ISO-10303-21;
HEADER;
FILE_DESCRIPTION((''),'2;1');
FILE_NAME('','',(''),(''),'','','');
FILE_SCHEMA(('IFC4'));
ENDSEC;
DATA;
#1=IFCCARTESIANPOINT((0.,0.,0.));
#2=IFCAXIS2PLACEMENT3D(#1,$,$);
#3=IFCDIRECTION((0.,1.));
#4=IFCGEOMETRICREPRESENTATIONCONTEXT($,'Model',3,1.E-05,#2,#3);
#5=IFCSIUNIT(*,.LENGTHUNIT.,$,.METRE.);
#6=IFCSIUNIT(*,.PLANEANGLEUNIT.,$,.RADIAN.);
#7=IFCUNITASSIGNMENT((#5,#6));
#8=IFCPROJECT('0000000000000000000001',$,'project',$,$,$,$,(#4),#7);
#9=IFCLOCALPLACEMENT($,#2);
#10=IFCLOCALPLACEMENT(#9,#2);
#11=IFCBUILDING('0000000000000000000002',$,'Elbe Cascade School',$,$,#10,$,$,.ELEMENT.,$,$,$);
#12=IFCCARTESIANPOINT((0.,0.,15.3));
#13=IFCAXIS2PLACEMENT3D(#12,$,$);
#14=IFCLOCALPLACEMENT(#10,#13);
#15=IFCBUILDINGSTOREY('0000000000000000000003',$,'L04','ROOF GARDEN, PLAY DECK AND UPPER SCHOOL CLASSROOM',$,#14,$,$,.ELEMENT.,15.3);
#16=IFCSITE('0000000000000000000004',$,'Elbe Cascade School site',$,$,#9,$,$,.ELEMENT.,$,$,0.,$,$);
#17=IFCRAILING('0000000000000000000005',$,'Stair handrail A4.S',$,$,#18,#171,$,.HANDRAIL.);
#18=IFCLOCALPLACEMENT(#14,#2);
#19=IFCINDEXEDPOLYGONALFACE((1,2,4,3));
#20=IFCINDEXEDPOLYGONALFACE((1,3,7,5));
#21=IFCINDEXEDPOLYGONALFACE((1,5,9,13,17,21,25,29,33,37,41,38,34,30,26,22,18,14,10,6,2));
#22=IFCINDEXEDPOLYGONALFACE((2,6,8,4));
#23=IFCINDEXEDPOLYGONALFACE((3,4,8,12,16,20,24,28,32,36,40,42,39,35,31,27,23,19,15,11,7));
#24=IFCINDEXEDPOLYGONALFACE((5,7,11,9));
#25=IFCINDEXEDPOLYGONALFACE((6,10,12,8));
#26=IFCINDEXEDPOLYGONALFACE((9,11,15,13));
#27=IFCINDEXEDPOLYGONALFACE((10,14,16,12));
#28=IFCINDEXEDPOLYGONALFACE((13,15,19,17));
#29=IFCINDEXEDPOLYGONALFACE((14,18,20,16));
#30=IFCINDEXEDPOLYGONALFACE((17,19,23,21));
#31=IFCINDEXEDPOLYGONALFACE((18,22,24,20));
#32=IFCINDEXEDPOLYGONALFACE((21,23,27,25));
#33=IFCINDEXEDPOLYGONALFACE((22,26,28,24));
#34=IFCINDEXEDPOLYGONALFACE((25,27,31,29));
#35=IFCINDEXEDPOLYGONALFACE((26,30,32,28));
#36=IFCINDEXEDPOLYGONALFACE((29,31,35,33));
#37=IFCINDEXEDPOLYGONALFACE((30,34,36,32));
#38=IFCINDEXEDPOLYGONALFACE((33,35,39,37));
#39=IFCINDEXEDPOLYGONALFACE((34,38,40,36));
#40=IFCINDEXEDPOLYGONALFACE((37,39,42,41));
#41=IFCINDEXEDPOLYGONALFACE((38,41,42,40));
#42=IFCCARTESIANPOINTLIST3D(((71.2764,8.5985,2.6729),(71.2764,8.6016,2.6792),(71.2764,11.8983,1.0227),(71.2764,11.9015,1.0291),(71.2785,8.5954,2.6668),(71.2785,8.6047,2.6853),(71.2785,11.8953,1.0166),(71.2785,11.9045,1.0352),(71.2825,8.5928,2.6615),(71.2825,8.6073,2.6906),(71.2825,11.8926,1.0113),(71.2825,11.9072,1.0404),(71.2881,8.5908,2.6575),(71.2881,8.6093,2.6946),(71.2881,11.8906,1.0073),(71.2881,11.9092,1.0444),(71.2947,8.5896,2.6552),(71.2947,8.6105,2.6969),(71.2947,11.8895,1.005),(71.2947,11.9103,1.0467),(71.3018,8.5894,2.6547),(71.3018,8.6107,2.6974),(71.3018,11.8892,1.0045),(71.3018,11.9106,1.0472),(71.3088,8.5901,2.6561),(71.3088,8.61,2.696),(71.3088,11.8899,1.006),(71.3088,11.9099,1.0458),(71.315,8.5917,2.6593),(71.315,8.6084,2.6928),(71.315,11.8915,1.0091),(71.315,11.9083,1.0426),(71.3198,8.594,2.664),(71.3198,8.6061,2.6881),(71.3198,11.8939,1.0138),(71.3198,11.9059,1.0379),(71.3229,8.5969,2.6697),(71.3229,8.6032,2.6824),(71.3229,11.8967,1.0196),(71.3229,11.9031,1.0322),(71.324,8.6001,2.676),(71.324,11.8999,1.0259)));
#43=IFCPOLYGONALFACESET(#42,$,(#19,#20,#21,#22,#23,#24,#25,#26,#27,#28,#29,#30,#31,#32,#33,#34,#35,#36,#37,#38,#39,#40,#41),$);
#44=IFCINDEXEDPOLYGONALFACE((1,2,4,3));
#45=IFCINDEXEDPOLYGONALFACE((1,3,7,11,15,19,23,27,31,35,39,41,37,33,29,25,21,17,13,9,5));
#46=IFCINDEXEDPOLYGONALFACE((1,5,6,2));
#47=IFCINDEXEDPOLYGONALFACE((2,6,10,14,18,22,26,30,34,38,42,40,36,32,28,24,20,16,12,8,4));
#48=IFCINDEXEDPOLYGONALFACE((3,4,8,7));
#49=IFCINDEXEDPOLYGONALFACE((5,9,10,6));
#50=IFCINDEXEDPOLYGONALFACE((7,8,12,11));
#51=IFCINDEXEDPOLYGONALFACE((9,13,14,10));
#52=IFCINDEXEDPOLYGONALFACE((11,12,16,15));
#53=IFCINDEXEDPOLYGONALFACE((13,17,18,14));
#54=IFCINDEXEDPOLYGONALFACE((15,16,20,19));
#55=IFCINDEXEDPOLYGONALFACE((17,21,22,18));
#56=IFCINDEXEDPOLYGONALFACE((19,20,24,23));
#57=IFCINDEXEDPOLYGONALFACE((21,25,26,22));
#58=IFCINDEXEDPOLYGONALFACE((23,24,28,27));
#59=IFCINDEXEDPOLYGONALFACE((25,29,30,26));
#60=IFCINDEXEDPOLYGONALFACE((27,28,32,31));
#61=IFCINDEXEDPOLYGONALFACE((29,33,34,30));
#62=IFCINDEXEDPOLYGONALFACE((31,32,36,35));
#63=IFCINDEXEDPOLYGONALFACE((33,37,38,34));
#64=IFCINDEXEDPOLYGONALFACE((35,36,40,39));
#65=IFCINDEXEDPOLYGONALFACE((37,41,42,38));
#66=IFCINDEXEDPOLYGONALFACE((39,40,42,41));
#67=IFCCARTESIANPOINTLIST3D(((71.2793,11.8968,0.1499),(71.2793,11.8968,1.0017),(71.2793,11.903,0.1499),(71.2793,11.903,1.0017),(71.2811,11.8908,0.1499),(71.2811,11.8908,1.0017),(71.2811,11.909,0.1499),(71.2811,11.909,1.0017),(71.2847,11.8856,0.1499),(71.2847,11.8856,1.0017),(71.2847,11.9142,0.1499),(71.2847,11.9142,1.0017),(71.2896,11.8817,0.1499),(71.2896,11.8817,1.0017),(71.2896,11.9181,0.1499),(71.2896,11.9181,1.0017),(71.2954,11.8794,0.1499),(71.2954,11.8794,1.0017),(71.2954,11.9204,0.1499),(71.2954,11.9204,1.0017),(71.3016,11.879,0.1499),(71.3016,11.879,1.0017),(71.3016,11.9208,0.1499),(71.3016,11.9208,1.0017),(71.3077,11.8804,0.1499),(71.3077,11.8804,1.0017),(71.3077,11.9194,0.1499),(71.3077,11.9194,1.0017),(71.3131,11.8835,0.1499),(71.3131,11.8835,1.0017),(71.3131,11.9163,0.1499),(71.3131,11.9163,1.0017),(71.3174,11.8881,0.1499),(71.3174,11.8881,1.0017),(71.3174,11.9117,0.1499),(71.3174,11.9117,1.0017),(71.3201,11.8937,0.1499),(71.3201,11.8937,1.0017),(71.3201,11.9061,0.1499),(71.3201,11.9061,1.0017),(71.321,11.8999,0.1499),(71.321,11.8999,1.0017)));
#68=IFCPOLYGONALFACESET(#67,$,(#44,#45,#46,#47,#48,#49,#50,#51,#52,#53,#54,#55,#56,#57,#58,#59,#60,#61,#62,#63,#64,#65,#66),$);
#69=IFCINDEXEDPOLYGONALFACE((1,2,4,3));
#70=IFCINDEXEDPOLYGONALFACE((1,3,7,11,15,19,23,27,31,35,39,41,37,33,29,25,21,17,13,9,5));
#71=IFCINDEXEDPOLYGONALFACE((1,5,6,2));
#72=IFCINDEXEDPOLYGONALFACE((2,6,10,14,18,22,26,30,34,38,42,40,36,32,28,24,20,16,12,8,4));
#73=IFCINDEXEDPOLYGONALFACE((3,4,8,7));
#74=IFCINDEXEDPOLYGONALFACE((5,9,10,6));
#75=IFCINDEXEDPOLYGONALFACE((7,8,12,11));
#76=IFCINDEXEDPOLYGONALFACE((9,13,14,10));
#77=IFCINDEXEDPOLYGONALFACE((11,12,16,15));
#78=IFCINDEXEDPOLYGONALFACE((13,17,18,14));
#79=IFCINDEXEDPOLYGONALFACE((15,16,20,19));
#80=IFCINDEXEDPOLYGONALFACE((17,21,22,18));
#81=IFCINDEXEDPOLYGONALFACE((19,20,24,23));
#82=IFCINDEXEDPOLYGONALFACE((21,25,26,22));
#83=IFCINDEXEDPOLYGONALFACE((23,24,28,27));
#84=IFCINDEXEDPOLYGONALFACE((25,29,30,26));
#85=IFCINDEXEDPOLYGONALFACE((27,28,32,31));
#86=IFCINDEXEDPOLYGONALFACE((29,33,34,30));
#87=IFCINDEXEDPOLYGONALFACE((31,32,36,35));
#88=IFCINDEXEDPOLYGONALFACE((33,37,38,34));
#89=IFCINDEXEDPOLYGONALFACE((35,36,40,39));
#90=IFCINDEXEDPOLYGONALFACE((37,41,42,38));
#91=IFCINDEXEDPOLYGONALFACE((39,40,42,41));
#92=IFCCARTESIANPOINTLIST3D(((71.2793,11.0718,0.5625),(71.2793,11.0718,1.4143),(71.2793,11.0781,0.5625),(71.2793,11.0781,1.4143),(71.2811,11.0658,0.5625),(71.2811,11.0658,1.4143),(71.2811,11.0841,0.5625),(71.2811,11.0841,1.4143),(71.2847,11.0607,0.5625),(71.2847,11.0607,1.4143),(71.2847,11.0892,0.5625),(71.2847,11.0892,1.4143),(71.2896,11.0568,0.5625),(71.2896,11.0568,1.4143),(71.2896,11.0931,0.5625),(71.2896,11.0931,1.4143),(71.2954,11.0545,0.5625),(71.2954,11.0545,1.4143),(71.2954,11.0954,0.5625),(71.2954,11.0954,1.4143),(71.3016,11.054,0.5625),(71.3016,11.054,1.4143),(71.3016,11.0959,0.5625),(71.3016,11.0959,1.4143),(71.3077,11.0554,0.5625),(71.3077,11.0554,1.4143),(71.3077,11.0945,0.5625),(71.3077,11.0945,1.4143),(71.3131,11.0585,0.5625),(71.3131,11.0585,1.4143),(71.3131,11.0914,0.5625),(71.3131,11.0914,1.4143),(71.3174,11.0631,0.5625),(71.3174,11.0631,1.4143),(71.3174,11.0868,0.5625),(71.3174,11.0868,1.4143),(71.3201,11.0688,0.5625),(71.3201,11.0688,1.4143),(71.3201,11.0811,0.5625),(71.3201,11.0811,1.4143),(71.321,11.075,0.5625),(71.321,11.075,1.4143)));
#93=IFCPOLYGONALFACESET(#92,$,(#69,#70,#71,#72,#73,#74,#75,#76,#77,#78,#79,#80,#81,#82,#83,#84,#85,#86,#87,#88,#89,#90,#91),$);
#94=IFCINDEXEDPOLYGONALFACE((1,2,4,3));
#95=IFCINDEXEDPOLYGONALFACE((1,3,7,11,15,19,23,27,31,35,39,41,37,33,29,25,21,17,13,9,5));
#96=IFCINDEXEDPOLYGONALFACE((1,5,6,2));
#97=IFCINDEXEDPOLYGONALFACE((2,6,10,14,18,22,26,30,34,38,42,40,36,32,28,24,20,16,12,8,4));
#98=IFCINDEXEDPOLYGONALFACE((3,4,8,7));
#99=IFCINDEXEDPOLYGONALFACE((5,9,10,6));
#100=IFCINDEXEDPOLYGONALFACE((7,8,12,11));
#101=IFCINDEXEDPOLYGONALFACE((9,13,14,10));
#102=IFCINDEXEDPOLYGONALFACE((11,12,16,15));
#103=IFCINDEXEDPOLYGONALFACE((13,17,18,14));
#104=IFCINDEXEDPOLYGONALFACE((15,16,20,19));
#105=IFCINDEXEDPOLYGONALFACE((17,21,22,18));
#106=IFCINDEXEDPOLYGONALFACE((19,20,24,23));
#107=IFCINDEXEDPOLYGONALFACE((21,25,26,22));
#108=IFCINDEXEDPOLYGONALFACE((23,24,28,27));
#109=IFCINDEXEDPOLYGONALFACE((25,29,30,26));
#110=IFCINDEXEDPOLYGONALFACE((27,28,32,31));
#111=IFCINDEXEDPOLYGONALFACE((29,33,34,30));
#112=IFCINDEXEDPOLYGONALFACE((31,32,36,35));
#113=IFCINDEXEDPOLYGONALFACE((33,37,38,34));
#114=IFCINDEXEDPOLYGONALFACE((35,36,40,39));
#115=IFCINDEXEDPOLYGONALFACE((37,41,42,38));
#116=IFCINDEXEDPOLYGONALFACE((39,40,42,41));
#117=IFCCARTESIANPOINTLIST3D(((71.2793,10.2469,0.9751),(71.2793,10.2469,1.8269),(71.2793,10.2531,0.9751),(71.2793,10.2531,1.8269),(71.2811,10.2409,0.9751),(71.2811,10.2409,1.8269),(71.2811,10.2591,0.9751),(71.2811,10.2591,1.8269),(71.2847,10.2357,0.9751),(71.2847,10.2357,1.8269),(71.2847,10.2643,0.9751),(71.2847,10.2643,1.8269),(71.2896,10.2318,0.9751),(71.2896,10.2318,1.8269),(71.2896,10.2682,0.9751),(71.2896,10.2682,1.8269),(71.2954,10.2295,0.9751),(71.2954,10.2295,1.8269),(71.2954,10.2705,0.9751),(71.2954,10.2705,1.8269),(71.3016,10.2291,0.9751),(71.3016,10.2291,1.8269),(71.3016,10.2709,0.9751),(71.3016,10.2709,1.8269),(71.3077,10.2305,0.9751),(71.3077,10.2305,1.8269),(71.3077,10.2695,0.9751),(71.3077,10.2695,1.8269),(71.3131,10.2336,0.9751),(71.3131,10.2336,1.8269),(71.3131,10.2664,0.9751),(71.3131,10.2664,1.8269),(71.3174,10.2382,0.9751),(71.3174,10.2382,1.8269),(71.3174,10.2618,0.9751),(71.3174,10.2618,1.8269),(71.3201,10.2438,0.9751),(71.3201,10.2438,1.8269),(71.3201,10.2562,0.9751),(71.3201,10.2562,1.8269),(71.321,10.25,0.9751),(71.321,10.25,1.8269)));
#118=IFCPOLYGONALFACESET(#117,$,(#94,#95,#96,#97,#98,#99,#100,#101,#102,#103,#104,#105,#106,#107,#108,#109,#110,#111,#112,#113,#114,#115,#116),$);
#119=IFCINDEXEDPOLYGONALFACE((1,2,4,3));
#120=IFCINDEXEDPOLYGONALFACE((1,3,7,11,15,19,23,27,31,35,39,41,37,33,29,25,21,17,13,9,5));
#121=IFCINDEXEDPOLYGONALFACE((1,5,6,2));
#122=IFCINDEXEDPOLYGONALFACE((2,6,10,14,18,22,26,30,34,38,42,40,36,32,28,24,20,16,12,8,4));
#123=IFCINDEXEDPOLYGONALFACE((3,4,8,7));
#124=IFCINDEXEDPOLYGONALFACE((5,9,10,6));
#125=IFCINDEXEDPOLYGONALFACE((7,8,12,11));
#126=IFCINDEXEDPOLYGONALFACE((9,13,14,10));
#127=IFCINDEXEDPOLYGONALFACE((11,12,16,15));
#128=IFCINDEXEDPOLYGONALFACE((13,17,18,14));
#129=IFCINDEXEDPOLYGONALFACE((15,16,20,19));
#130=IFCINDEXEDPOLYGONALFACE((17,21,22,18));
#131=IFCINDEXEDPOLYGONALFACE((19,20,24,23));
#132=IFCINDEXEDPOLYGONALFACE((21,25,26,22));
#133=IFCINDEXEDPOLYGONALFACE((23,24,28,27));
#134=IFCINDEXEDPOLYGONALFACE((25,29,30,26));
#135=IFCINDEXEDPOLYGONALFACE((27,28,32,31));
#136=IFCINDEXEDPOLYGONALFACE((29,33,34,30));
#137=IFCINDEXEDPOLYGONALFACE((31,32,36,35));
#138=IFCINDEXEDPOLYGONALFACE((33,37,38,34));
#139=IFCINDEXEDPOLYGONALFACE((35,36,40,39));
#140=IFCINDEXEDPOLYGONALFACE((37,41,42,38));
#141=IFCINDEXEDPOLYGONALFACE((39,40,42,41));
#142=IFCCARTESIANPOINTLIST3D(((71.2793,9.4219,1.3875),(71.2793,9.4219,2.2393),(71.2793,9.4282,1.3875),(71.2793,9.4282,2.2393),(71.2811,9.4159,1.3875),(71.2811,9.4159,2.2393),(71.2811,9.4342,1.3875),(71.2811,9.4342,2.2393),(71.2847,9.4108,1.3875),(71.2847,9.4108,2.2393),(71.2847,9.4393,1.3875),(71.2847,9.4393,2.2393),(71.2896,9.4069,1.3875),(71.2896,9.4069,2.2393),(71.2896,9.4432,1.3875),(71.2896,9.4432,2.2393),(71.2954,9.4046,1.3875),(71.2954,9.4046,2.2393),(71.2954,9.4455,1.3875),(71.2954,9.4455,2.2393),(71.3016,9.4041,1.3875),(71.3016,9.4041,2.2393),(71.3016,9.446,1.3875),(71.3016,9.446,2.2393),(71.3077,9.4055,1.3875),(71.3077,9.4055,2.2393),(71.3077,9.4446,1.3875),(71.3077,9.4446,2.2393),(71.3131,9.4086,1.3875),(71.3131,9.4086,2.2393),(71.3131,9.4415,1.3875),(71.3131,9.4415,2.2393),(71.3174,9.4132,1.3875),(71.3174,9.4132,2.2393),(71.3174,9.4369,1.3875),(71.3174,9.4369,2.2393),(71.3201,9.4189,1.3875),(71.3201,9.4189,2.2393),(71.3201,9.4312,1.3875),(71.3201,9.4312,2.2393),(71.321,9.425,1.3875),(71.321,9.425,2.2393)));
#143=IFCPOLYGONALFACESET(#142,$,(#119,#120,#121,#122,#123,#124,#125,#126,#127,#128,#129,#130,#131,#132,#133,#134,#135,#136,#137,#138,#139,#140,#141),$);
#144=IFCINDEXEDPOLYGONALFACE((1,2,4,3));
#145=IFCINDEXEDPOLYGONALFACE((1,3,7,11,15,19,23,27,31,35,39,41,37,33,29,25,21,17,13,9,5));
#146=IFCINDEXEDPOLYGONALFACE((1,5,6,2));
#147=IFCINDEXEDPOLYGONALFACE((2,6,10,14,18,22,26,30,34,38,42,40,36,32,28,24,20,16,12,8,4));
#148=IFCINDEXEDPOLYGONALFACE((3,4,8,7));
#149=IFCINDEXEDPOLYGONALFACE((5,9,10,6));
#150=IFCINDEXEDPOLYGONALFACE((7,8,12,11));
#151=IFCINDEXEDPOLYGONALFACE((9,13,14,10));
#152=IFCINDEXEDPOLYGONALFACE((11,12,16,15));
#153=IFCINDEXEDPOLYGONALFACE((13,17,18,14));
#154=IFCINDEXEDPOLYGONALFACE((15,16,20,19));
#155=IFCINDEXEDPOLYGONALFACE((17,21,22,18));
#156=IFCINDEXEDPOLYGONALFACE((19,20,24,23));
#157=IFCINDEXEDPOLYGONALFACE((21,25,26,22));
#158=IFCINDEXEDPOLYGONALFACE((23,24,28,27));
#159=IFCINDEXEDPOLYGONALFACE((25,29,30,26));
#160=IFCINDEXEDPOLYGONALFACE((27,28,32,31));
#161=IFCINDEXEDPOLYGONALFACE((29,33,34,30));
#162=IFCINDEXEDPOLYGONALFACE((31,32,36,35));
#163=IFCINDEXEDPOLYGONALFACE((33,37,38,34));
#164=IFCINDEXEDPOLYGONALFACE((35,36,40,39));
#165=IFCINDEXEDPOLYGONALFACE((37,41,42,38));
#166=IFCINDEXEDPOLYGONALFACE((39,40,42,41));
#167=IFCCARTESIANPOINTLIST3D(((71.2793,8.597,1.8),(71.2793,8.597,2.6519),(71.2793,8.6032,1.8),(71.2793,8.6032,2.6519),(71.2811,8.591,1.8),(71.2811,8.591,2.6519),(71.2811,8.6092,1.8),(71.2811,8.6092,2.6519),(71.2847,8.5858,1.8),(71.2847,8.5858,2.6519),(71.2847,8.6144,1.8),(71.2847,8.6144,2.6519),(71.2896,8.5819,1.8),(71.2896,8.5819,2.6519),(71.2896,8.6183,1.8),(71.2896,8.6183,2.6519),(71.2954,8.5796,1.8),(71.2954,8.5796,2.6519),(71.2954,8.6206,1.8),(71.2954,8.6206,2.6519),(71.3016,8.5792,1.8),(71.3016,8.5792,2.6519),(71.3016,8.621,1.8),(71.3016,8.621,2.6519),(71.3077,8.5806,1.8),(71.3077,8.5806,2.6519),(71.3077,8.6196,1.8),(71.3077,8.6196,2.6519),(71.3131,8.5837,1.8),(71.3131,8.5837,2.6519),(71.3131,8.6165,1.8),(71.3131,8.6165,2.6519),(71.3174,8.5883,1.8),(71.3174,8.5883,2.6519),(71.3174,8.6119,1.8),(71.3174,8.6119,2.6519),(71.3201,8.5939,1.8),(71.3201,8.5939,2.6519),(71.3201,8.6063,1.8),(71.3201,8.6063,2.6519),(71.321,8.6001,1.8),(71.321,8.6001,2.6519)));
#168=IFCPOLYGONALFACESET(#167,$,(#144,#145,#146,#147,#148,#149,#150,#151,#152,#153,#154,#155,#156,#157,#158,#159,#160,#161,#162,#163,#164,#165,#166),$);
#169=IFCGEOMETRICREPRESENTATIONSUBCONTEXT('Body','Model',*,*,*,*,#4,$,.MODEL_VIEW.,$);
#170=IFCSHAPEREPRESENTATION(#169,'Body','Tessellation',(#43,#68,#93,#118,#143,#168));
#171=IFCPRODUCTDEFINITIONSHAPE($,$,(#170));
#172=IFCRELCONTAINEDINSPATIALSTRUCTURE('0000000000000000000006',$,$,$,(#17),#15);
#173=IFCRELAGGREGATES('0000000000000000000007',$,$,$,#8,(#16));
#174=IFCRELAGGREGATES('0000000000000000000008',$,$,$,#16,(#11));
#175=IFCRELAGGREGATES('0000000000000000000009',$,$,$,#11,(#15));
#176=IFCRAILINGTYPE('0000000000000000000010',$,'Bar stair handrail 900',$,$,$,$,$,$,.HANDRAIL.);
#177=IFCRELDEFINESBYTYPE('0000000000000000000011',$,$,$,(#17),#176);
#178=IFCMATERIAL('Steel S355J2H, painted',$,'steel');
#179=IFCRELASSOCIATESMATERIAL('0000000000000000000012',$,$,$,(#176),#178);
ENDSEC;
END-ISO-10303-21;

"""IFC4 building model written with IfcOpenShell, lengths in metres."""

from ifc_helpers import new_model, si_unit, direction, frame, origin, origin_2d, place, context, subcontext, project, spatial, circle, extrude, material, type_object, element, save


model = new_model("IFC4")

# Units and contexts
model_context = context("Model", 3, precision=1e-05, world=origin(), true_north=direction((0.0, 1.0)))
body_context = subcontext(model_context, "Body", "Model", "MODEL_VIEW")
ifc_project = project(units=[si_unit("LENGTHUNIT", "METRE"), si_unit("PLANEANGLEUNIT", "RADIAN")], contexts=[model_context])

# Site, building, storey
site_placement = place(None, origin())
site = spatial("IfcSite", under=ifc_project, at=site_placement, Name="Elbe Cascade School site", CompositionType="ELEMENT", RefElevation=0.0)
building_placement = place(site_placement, origin())
building = spatial("IfcBuilding", under=site, at=building_placement, Name="Elbe Cascade School", CompositionType="ELEMENT")
storey_placement = place(building_placement, frame((0.0, 0.0, 15.3)))
storey = spatial("IfcBuildingStorey", under=building, at=storey_placement, Name="L04", Description="ROOF GARDEN, PLAY DECK AND UPPER SCHOOL CLASSROOM", CompositionType="ELEMENT", Elevation=15.3)

# Railing
ifc_material_1 = material(Name="Steel S355J2H, painted", Category="steel")
railing_type_1 = type_object("IfcRailingType", Name="Bar stair handrail 900", PredefinedType="HANDRAIL", material=ifc_material_1)
railing_1_placement = place(storey_placement, frame((71.3, 11.8999, 0.1499)))
element("IfcRailing", 1, at=railing_1_placement, inside=storey, type_object=railing_type_1, Name="Stair handrail A4.S", PredefinedType="HANDRAIL", context=body_context, shape_type="SweptSolid", body=[
    extrude(circle(Radius=0.0239, at=origin_2d()), frame((0.0, 0.0, 0.876), z_axis=(0.0, -0.894401, 0.447267), x_axis=(1.0, 0.0, 0.0)), (0.0, 0.0, 1.0), 3.6895),
    extrude(circle(Radius=0.021, at=origin_2d()), origin(), (0.0, 0.0, 1.0), 0.8518),
    extrude(circle(Radius=0.021, at=origin_2d()), frame((0.0, -0.825, 0.4126)), (0.0, 0.0, 1.0), 0.8518),
    extrude(circle(Radius=0.021, at=origin_2d()), frame((0.0, -1.6499, 0.8252)), (0.0, 0.0, 1.0), 0.8518),
    extrude(circle(Radius=0.021, at=origin_2d()), frame((0.0, -2.4749, 1.2375)), (0.0, 0.0, 1.0), 0.8518),
    extrude(circle(Radius=0.021, at=origin_2d()), frame((0.0, -3.2998, 1.6501)), (0.0, 0.0, 1.0), 0.8518),
])

save(model, "model.ifc")
